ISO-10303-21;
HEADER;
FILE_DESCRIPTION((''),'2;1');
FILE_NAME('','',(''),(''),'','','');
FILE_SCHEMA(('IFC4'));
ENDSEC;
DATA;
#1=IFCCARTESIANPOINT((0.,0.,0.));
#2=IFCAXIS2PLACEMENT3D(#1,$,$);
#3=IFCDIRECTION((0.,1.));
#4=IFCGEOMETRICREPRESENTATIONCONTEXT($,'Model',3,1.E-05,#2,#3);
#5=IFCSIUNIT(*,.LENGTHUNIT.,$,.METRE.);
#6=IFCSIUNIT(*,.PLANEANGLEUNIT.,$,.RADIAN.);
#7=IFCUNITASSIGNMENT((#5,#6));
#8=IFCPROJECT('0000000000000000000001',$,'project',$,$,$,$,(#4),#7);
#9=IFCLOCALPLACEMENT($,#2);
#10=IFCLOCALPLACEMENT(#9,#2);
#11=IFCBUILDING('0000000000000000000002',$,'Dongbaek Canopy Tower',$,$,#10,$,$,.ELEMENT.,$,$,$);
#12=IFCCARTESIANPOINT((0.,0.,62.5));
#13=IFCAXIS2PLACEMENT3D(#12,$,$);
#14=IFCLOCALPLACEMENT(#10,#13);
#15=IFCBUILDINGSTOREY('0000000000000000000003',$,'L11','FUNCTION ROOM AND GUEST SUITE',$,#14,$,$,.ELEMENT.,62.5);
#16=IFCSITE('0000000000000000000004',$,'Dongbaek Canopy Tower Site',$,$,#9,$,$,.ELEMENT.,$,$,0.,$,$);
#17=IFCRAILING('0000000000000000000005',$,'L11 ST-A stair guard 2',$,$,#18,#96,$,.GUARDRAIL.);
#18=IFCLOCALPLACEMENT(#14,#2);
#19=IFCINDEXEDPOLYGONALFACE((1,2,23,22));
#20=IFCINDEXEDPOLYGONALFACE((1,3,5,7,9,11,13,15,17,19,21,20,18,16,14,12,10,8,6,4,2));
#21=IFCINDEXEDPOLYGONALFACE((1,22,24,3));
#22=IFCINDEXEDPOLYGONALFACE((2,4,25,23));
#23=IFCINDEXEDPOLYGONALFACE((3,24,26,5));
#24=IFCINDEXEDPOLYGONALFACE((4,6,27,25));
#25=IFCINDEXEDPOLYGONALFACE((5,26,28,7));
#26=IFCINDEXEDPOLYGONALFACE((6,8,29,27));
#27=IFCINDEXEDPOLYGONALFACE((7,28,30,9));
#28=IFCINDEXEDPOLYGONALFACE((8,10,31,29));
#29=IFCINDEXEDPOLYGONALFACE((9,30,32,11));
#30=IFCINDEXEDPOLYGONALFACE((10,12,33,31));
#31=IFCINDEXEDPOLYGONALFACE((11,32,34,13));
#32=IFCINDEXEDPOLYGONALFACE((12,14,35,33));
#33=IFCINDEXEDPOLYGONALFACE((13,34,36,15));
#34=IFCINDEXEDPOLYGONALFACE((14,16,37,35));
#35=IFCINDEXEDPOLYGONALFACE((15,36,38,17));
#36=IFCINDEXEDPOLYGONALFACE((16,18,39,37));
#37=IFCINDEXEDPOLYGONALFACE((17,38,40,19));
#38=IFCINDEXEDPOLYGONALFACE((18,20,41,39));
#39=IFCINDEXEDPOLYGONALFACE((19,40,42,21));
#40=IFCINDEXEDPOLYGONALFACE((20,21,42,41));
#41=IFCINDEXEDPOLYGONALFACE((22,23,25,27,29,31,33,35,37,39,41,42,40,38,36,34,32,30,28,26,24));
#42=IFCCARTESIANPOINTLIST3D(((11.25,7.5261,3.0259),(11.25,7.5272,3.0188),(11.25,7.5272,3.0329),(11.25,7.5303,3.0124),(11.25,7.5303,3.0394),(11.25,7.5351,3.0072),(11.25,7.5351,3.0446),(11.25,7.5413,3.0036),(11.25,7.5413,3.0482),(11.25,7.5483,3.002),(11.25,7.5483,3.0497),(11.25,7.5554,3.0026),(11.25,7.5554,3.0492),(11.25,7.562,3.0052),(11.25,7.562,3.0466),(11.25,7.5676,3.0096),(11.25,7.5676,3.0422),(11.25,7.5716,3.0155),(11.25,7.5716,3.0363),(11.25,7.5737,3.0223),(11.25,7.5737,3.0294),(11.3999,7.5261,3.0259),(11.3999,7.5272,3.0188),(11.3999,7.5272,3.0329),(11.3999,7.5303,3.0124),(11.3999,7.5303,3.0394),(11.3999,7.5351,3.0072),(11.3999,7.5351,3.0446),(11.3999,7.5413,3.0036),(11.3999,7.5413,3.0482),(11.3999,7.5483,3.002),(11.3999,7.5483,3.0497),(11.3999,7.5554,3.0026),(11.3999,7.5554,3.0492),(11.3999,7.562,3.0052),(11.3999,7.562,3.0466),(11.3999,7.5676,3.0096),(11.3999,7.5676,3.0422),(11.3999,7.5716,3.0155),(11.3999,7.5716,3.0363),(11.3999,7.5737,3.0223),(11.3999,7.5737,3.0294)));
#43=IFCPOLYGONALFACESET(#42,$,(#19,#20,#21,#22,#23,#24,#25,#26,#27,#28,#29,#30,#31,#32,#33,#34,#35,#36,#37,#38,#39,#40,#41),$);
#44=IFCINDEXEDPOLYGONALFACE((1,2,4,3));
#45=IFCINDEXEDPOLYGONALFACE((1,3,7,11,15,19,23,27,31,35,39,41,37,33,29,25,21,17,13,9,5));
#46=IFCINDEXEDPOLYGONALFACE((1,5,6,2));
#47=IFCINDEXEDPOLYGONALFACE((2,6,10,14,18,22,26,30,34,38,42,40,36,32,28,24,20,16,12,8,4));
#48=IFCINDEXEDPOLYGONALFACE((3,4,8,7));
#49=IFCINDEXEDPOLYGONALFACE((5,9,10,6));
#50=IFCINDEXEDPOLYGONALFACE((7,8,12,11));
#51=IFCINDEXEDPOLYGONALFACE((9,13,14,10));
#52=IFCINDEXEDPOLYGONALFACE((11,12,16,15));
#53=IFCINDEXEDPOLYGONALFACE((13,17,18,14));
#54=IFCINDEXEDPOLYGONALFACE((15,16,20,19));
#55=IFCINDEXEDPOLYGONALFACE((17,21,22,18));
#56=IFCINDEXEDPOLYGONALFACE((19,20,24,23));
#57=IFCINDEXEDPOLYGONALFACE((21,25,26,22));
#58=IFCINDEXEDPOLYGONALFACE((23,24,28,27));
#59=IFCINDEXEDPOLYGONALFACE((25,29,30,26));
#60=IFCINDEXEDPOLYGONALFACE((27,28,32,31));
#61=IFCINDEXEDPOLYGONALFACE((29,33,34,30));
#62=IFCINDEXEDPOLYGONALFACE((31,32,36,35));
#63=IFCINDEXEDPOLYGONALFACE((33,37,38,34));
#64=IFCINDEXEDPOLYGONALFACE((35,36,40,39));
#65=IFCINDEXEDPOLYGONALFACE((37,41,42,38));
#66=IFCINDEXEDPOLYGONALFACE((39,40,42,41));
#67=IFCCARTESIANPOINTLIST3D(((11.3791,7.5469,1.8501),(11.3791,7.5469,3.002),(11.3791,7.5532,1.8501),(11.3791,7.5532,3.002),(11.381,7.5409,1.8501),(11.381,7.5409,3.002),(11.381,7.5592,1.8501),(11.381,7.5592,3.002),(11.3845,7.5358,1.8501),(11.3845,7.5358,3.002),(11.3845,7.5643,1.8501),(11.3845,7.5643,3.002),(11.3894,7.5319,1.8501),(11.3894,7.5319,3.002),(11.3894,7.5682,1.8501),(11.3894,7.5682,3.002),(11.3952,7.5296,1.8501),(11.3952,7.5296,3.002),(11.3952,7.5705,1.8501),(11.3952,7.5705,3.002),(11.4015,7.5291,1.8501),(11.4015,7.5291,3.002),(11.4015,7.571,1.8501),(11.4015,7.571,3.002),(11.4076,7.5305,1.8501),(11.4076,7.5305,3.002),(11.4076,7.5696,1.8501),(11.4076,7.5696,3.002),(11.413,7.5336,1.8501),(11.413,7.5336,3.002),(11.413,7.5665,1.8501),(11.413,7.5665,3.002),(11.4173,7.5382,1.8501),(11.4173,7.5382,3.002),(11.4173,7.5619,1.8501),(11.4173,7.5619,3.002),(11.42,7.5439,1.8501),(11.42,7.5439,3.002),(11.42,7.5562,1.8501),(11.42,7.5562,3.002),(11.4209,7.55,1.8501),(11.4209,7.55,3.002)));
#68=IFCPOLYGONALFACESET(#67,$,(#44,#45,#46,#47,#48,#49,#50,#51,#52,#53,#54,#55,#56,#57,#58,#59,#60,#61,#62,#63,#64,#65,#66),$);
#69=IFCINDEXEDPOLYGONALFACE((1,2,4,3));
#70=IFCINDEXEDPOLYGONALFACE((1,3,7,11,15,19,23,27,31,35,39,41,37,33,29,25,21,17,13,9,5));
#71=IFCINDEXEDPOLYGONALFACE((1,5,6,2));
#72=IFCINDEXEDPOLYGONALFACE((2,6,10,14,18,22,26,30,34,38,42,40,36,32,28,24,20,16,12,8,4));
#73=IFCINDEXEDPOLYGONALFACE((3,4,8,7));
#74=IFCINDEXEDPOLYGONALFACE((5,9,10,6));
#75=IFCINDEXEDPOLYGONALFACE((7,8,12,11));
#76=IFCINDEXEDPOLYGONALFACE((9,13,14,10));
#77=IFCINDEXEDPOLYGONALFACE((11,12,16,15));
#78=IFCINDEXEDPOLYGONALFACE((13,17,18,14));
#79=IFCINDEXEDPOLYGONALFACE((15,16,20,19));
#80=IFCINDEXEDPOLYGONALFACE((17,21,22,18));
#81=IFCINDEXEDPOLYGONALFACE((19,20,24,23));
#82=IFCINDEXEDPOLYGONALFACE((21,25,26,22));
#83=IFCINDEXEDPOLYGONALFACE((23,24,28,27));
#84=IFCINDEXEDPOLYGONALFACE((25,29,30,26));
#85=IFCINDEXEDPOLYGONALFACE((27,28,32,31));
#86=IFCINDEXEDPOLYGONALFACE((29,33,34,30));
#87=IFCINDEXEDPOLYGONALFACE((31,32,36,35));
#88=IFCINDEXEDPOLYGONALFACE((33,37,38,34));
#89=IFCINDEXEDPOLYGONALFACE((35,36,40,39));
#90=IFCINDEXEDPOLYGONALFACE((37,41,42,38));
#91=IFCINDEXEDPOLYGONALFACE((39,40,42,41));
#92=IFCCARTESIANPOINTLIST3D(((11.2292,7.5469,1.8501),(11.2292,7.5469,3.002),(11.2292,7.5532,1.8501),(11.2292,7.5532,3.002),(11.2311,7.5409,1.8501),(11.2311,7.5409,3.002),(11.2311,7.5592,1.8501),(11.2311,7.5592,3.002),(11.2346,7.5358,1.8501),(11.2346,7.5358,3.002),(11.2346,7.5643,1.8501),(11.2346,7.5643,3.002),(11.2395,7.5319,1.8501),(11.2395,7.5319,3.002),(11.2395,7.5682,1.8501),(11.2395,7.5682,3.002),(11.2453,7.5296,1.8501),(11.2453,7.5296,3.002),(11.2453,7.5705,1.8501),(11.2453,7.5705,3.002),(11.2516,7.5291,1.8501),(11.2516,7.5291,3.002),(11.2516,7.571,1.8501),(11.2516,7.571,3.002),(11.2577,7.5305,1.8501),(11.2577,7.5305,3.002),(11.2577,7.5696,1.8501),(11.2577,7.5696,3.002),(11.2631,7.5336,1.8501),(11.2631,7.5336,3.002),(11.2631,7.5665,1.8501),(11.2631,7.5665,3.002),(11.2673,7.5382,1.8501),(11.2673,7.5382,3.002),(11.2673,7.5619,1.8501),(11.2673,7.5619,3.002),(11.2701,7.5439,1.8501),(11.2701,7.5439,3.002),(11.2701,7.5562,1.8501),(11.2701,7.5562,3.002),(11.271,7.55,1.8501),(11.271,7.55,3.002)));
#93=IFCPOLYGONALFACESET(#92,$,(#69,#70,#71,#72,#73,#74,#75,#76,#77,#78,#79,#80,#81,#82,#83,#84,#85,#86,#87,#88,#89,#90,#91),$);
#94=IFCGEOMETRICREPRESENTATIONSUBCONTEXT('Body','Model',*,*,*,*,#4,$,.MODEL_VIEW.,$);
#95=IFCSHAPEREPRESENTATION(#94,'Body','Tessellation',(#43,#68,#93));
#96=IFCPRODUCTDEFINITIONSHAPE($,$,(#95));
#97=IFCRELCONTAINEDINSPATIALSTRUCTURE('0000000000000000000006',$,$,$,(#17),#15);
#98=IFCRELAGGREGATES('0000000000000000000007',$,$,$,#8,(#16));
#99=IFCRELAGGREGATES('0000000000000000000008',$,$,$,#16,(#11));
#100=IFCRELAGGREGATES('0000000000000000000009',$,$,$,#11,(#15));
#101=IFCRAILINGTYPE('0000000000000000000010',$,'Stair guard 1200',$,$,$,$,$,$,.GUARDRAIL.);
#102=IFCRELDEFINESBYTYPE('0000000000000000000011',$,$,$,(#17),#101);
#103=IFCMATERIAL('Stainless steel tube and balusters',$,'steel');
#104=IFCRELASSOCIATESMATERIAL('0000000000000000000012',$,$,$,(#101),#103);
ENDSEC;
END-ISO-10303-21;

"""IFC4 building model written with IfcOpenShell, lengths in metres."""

from ifc_helpers import new_model, si_unit, direction, frame, origin, origin_2d, place, context, subcontext, project, spatial, circle, extrude, material, type_object, element, save


model = new_model("IFC4")

# Units and contexts
model_context = context("Model", 3, precision=1e-05, world=origin(), true_north=direction((0.0, 1.0)))
body_context = subcontext(model_context, "Body", "Model", "MODEL_VIEW")
ifc_project = project(units=[si_unit("LENGTHUNIT", "METRE"), si_unit("PLANEANGLEUNIT", "RADIAN")], contexts=[model_context])

# Site, building, storey
site_placement = place(None, origin())
site = spatial("IfcSite", under=ifc_project, at=site_placement, Name="Dongbaek Canopy Tower Site", CompositionType="ELEMENT", RefElevation=0.0)
building_placement = place(site_placement, origin())
building = spatial("IfcBuilding", under=site, at=building_placement, Name="Dongbaek Canopy Tower", CompositionType="ELEMENT")
storey_placement = place(building_placement, frame((0.0, 0.0, 62.5)))
storey = spatial("IfcBuildingStorey", under=building, at=storey_placement, Name="L11", Description="FUNCTION ROOM AND GUEST SUITE", CompositionType="ELEMENT", Elevation=62.5)

# Railing
ifc_material_1 = material(Name="Stainless steel tube and balusters", Category="steel")
railing_type_1 = type_object("IfcRailingType", Name="Stair guard 1200", PredefinedType="GUARDRAIL", material=ifc_material_1)
railing_1_placement = place(storey_placement, frame((11.3999, 7.55, 1.8501)))
element("IfcRailing", 1, at=railing_1_placement, inside=storey, type_object=railing_type_1, Name="L11 ST-A stair guard 2", PredefinedType="GUARDRAIL", context=body_context, shape_type="SweptSolid", body=[
    extrude(circle(Radius=0.0239, at=origin_2d()), frame((0.0, 0.0, 1.1758), z_axis=(-1.0, 0.0, 0.0), x_axis=(0.0, -1.0, 0.0)), (0.0, 0.0, 1.0), 0.1499),
    extrude(circle(Radius=0.021, at=origin_2d()), origin(), (0.0, 0.0, 1.0), 1.1519),
    extrude(circle(Radius=0.021, at=origin_2d()), frame((-0.1499, 0.0, 0.0)), (0.0, 0.0, 1.0), 1.1519),
])

save(model, "model.ifc")
